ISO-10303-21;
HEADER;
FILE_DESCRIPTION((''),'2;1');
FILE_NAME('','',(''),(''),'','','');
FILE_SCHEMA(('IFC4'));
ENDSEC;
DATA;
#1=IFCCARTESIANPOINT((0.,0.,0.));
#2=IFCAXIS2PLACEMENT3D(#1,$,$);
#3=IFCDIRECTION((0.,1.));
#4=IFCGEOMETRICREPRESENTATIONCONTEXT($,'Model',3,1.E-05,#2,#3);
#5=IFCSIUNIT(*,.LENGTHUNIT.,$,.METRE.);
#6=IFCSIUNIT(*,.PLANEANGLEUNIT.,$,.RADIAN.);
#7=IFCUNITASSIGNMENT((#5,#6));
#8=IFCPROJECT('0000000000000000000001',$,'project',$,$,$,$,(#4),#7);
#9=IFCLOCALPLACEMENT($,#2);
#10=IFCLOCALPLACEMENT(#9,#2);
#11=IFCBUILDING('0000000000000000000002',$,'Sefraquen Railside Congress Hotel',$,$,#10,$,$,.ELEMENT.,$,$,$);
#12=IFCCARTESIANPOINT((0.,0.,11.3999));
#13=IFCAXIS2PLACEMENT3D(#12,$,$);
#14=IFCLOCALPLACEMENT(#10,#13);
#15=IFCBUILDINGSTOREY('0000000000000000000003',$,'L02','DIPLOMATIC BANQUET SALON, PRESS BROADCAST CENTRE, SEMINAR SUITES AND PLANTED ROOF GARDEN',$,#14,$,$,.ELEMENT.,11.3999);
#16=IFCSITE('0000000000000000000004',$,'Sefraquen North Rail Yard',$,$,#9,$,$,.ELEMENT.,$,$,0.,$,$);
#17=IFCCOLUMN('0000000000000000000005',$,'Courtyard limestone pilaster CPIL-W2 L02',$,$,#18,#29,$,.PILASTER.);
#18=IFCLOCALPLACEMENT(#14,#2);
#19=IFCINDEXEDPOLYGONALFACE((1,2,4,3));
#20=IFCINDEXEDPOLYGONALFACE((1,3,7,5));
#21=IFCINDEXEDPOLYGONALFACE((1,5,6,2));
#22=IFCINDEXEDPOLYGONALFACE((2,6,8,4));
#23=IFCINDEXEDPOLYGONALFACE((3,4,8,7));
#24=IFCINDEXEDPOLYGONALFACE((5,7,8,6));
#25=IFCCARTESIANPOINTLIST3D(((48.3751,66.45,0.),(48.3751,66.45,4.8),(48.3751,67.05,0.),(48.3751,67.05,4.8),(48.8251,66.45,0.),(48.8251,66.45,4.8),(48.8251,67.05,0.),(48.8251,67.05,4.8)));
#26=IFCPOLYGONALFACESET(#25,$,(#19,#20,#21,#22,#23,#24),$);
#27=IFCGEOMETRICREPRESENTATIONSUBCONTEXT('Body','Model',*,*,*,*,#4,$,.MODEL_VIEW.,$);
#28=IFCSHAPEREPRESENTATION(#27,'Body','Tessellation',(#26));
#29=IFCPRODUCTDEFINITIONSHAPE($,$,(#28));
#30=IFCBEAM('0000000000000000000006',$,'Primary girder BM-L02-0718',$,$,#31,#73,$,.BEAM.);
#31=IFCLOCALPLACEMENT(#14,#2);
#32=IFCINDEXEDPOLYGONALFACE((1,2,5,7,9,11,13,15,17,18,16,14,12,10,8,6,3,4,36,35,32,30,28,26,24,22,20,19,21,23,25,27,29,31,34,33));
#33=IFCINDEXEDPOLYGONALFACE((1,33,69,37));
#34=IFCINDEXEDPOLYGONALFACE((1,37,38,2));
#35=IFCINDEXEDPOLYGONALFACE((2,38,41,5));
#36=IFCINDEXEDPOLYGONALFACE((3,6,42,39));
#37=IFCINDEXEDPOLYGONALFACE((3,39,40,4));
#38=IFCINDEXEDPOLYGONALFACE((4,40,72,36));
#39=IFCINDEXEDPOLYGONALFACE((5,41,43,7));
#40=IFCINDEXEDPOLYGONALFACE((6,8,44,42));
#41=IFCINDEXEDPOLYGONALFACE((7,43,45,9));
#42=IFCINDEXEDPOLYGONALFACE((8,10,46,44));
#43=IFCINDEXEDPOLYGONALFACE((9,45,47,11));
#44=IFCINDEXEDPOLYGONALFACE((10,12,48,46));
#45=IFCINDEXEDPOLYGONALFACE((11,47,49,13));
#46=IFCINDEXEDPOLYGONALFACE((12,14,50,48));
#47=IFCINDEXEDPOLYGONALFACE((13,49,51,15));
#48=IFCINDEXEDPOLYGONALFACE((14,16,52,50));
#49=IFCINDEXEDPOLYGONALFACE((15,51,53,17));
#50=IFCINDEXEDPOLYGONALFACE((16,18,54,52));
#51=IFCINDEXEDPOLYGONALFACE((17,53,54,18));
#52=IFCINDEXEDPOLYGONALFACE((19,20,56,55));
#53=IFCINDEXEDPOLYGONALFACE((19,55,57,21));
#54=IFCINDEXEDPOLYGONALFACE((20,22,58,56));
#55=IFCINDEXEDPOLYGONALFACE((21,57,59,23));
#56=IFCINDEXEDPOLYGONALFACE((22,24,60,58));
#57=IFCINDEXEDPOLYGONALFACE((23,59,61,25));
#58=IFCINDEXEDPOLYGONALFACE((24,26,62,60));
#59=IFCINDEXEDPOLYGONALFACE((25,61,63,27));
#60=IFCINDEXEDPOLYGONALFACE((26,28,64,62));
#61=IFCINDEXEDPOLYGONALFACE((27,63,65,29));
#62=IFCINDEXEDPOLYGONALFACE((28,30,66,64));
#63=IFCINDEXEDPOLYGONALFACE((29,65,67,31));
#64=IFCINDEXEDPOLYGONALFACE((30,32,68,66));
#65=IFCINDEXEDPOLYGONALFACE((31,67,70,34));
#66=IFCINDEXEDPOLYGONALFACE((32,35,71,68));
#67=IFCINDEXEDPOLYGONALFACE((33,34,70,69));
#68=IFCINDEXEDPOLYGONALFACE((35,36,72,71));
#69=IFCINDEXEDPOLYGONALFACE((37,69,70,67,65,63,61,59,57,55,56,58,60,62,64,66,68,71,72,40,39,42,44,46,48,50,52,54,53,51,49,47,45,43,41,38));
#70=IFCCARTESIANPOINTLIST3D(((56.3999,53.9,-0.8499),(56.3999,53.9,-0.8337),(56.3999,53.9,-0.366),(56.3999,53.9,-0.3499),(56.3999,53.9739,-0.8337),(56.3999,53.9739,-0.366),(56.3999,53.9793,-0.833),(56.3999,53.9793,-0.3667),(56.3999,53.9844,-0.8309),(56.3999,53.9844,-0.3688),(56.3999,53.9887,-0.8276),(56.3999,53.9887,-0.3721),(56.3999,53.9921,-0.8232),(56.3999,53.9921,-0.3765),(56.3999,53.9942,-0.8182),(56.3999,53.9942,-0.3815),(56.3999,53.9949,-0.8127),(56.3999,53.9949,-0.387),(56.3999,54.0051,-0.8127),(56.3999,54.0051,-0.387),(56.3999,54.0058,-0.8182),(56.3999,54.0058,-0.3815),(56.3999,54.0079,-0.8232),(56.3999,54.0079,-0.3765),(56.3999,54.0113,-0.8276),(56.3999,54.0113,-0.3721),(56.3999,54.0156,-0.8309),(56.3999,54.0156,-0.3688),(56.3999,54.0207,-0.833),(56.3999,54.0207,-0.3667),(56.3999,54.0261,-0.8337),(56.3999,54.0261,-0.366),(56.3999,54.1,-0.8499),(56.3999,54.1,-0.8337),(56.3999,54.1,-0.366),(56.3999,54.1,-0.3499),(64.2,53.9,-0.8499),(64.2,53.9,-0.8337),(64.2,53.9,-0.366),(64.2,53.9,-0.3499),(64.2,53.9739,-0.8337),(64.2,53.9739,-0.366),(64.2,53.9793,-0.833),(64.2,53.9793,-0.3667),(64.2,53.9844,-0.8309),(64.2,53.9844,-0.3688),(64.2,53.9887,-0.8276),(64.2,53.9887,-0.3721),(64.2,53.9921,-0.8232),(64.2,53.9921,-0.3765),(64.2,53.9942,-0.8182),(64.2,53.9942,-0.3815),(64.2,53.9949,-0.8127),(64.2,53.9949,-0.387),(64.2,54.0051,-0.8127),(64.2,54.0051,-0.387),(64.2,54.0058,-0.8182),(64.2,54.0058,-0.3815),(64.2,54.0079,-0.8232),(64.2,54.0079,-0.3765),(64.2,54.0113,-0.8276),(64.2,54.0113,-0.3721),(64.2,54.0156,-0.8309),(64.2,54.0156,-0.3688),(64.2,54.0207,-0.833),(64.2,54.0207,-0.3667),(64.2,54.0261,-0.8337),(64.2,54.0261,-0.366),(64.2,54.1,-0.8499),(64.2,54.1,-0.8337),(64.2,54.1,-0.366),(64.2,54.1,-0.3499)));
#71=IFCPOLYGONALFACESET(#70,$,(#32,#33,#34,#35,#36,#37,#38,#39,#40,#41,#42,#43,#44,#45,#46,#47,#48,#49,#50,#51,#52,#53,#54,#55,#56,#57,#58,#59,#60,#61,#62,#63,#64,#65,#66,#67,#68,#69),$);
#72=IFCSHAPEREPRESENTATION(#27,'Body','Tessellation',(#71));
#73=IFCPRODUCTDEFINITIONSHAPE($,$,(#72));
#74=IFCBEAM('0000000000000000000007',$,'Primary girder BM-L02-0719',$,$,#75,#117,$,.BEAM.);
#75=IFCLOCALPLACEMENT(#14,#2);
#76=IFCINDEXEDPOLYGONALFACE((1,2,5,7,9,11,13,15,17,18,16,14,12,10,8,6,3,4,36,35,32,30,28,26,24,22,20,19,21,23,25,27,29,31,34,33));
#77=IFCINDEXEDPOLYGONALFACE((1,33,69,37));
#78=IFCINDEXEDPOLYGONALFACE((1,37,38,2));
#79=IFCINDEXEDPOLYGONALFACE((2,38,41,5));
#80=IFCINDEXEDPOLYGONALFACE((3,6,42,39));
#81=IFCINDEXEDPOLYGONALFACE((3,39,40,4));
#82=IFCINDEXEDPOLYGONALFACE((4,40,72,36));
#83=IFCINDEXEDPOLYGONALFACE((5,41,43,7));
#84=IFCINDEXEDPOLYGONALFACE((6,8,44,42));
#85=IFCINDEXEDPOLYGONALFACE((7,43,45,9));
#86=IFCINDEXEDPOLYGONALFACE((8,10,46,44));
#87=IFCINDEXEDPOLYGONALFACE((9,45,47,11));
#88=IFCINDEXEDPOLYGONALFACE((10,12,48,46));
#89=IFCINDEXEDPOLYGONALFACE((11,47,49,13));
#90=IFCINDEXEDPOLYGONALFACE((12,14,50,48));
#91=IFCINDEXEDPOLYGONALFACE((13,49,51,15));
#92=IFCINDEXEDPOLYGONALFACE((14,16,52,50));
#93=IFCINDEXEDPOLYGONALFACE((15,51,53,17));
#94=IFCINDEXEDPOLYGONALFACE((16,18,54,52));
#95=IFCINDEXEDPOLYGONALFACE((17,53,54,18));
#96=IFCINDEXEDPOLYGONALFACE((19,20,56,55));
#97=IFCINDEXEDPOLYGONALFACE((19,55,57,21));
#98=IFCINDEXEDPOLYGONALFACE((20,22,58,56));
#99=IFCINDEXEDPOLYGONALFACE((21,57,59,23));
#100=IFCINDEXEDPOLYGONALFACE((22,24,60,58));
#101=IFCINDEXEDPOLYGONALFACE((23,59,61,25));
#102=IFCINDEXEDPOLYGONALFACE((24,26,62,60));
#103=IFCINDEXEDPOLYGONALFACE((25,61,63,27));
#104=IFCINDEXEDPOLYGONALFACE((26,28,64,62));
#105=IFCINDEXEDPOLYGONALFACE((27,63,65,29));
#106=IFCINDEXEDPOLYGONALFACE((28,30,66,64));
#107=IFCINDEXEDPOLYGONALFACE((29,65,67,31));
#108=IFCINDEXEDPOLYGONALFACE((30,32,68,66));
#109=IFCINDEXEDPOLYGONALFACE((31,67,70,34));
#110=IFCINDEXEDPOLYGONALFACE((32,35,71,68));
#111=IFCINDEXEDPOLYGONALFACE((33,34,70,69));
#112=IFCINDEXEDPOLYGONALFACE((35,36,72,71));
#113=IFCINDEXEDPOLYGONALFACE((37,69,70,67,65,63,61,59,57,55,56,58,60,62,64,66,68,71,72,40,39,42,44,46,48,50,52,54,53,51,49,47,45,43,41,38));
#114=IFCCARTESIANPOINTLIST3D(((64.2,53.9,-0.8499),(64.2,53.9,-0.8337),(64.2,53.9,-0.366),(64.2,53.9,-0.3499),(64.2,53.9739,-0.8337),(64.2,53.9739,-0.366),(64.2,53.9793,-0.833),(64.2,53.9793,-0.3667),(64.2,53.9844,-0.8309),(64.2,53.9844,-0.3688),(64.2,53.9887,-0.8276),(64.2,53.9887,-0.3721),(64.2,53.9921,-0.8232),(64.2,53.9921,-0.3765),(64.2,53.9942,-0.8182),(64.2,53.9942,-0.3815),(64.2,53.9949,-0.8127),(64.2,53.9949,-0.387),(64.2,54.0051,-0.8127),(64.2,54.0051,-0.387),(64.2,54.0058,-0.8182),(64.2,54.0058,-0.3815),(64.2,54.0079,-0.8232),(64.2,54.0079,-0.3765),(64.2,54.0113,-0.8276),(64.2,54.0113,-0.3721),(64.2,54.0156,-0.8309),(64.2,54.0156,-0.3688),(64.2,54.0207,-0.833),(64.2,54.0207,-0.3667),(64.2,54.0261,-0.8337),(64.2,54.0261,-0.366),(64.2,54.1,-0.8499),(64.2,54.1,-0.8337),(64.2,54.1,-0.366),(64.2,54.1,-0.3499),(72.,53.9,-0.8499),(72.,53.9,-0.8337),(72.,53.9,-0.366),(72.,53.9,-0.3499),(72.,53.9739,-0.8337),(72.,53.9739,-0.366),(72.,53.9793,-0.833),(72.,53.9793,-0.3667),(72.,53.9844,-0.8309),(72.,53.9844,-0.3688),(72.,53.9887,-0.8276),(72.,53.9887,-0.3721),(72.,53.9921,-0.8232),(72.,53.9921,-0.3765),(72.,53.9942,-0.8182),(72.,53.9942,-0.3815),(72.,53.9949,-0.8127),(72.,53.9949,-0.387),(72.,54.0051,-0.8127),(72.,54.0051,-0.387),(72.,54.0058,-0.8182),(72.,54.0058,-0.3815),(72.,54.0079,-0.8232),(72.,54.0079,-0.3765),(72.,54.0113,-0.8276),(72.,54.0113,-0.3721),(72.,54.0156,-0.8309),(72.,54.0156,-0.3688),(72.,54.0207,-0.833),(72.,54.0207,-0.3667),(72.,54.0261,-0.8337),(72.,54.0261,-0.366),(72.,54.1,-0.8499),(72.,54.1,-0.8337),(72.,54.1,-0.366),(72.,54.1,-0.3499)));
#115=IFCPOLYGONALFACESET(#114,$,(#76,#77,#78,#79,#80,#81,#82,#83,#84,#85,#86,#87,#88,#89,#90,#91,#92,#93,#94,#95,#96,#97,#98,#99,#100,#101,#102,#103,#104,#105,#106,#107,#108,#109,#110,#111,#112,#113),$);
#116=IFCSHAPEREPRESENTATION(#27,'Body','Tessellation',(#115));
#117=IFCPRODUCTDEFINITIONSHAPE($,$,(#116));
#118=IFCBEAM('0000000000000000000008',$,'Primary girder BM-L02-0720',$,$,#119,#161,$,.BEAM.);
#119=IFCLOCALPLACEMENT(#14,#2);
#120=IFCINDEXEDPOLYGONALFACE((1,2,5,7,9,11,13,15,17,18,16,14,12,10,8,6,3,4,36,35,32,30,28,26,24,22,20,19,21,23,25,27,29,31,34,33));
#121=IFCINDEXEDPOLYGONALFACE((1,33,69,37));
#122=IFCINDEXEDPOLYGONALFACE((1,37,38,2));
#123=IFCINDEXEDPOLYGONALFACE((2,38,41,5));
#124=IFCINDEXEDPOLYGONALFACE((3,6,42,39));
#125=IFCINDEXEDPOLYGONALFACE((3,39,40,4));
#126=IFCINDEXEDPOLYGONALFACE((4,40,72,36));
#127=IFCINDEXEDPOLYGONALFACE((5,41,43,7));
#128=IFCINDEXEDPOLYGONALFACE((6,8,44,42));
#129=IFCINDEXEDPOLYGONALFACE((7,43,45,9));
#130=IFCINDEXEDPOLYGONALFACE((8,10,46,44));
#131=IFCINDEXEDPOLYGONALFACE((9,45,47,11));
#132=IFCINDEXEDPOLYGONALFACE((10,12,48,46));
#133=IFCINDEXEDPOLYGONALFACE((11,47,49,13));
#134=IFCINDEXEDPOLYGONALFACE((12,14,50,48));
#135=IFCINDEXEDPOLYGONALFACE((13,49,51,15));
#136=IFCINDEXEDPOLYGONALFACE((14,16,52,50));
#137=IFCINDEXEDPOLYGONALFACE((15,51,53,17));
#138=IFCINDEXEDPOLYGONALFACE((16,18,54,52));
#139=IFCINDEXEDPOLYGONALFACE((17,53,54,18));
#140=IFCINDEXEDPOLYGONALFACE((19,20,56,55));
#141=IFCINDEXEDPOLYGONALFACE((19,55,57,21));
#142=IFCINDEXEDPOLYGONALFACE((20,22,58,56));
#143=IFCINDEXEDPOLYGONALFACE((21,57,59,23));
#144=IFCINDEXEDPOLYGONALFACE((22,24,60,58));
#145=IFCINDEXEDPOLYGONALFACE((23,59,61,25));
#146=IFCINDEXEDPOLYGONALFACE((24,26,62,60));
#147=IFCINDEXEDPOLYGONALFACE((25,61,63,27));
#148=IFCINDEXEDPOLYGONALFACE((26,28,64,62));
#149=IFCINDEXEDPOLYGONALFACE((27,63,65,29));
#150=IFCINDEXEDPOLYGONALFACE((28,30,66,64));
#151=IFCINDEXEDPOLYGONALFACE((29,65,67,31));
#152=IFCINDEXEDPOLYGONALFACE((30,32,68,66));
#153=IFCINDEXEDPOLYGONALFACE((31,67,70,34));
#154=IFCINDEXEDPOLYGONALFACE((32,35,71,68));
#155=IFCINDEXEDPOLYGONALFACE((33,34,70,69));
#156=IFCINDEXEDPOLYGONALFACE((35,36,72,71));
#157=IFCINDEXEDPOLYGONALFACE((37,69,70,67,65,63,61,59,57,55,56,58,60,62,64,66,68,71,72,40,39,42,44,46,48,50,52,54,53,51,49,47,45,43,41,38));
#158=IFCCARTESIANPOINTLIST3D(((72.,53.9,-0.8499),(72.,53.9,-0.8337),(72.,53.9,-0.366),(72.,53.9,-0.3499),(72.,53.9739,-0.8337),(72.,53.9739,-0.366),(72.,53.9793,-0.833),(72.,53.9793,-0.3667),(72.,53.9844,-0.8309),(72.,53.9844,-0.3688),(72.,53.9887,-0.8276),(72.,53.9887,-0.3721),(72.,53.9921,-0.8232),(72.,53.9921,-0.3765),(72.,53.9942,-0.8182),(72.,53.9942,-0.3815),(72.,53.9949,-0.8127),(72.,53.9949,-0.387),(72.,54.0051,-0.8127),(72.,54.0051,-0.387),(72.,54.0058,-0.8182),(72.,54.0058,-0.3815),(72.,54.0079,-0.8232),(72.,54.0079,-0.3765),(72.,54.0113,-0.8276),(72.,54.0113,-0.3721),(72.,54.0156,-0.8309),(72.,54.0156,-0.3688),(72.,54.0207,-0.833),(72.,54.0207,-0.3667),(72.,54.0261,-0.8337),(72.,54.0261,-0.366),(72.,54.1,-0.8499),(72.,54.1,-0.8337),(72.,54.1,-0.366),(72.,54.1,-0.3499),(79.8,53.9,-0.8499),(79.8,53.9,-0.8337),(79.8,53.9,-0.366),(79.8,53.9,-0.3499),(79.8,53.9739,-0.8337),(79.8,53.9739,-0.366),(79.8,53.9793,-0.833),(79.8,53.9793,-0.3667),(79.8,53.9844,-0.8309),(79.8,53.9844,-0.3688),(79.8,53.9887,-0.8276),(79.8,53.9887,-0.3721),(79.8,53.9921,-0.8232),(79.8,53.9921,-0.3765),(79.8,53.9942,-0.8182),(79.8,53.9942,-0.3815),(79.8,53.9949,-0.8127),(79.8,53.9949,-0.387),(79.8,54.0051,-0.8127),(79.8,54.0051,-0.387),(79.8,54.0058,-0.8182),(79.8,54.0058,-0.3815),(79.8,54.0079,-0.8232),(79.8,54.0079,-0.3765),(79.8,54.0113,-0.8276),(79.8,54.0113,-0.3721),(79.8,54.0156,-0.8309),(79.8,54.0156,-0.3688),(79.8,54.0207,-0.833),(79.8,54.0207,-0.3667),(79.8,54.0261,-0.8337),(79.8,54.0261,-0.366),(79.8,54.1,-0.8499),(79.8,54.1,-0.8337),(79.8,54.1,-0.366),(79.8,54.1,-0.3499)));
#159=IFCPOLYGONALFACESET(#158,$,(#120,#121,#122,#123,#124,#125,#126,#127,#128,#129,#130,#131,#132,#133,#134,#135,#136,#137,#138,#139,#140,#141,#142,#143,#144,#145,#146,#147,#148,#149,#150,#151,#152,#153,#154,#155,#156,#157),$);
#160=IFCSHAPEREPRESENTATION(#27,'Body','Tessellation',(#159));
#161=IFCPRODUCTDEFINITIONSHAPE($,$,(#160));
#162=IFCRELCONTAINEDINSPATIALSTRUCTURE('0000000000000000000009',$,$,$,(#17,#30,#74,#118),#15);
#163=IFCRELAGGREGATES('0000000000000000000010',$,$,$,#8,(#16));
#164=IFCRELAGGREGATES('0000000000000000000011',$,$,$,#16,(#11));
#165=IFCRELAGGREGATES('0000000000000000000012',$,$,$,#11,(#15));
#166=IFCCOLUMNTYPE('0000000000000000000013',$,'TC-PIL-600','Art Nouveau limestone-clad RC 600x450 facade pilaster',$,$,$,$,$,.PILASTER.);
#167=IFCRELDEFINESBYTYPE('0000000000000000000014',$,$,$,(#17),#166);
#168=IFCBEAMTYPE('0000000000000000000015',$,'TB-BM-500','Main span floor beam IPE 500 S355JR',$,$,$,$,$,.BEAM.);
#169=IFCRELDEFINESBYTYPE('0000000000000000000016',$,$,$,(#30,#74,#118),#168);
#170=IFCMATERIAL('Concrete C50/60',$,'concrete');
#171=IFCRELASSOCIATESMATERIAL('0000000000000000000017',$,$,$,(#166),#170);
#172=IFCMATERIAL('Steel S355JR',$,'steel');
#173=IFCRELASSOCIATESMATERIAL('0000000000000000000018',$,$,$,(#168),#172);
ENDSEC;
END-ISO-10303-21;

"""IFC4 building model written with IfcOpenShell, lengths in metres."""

from ifc_helpers import new_model, si_unit, direction, frame, origin, origin_2d, place, context, subcontext, project, spatial, rectangle, i_section, extrude, material, material_profile, profile_set, type_object, element, save


model = new_model("IFC4")

# Units and contexts
model_context = context("Model", 3, precision=1e-05, world=origin(), true_north=direction((0.0, 1.0)))
body_context = subcontext(model_context, "Body", "Model", "MODEL_VIEW")
ifc_project = project(units=[si_unit("LENGTHUNIT", "METRE"), si_unit("PLANEANGLEUNIT", "RADIAN")], contexts=[model_context])

# Site, building, storey
site_placement = place(None, origin())
site = spatial("IfcSite", under=ifc_project, at=site_placement, Name="Sefraquen North Rail Yard", CompositionType="ELEMENT", RefElevation=0.0)
building_placement = place(site_placement, origin())
building = spatial("IfcBuilding", under=site, at=building_placement, Name="Sefraquen Railside Congress Hotel", CompositionType="ELEMENT")
storey_placement = place(building_placement, frame((0.0, 0.0, 11.3999)))
storey = spatial("IfcBuildingStorey", under=building, at=storey_placement, Name="L02", Description="DIPLOMATIC BANQUET SALON, PRESS BROADCAST CENTRE, SEMINAR SUITES AND PLANTED ROOF GARDEN", CompositionType="ELEMENT", Elevation=11.3999)

# Column
ifc_material_1 = material(Name="Steel S355JR", Category="steel")
ifc_material_2 = material(Name="Concrete C50/60", Category="concrete")
ifc_material_profile_1 = material_profile(ifc_material_2, rectangle(XDim=0.45, YDim=0.6001, at=origin_2d()), Name="RC 600x450")
ifc_profile_set_1 = profile_set([ifc_material_profile_1], Name="Concrete C50/60")
column_type_1 = type_object("IfcColumnType", Name="TC-PIL-600", Description="Art Nouveau limestone-clad RC 600x450 facade pilaster", PredefinedType="PILASTER", material=ifc_profile_set_1)
column_1_placement = place(storey_placement, frame((48.6001, 66.75, 0.0), z_axis=(0.0, 0.0, 1.0), x_axis=(1.0, 0.0, 0.0)))
element("IfcColumn", 1, at=column_1_placement, inside=storey, type_object=column_type_1, Name="Courtyard limestone pilaster CPIL-W2 L02", PredefinedType="PILASTER", context=body_context, shape_type="SweptSolid", body=[
    extrude(rectangle(XDim=0.45, YDim=0.6001, at=origin_2d()), origin(), (0.0, 0.0, 1.0), 4.8),
])

# Beams
ifc_material_profile_2 = material_profile(ifc_material_1, i_section(OverallWidth=0.2, OverallDepth=0.5, WebThickness=0.0103, FlangeThickness=0.0161, FilletRadius=0.021, at=origin_2d()), Name="IPE 500")
ifc_profile_set_2 = profile_set([ifc_material_profile_2], Name="Steel S355JR")
beam_type_1 = type_object("IfcBeamType", Name="TB-BM-500", Description="Main span floor beam IPE 500 S355JR", PredefinedType="BEAM", material=ifc_profile_set_2)
for number, where, z_axis, x_axis, name in (
    (2, (56.3999, 54.0, -0.5999), (1.0, 0.0, 0.0), (0.0, 1.0, 0.0), "Primary girder BM-L02-0718"),
    (3, (64.2, 54.0, -0.5999), (1.0, 0.0, 0.0), (0.0, 1.0, 0.0), "Primary girder BM-L02-0719"),
    (4, (72.0, 54.0, -0.5999), (1.0, 0.0, 0.0), (0.0, 1.0, 0.0), "Primary girder BM-L02-0720"),
):
    element("IfcBeam", number, at=place(storey_placement, frame(where, z_axis=z_axis, x_axis=x_axis)), inside=storey, type_object=beam_type_1, Name=name, PredefinedType="BEAM", context=body_context, shape_type="SweptSolid", body=[
        extrude(i_section(OverallWidth=0.2, OverallDepth=0.5, WebThickness=0.0103, FlangeThickness=0.0161, FilletRadius=0.021, at=origin_2d()), origin(), (0.0, 0.0, 1.0), 7.8),
    ])

save(model, "model.ifc")
